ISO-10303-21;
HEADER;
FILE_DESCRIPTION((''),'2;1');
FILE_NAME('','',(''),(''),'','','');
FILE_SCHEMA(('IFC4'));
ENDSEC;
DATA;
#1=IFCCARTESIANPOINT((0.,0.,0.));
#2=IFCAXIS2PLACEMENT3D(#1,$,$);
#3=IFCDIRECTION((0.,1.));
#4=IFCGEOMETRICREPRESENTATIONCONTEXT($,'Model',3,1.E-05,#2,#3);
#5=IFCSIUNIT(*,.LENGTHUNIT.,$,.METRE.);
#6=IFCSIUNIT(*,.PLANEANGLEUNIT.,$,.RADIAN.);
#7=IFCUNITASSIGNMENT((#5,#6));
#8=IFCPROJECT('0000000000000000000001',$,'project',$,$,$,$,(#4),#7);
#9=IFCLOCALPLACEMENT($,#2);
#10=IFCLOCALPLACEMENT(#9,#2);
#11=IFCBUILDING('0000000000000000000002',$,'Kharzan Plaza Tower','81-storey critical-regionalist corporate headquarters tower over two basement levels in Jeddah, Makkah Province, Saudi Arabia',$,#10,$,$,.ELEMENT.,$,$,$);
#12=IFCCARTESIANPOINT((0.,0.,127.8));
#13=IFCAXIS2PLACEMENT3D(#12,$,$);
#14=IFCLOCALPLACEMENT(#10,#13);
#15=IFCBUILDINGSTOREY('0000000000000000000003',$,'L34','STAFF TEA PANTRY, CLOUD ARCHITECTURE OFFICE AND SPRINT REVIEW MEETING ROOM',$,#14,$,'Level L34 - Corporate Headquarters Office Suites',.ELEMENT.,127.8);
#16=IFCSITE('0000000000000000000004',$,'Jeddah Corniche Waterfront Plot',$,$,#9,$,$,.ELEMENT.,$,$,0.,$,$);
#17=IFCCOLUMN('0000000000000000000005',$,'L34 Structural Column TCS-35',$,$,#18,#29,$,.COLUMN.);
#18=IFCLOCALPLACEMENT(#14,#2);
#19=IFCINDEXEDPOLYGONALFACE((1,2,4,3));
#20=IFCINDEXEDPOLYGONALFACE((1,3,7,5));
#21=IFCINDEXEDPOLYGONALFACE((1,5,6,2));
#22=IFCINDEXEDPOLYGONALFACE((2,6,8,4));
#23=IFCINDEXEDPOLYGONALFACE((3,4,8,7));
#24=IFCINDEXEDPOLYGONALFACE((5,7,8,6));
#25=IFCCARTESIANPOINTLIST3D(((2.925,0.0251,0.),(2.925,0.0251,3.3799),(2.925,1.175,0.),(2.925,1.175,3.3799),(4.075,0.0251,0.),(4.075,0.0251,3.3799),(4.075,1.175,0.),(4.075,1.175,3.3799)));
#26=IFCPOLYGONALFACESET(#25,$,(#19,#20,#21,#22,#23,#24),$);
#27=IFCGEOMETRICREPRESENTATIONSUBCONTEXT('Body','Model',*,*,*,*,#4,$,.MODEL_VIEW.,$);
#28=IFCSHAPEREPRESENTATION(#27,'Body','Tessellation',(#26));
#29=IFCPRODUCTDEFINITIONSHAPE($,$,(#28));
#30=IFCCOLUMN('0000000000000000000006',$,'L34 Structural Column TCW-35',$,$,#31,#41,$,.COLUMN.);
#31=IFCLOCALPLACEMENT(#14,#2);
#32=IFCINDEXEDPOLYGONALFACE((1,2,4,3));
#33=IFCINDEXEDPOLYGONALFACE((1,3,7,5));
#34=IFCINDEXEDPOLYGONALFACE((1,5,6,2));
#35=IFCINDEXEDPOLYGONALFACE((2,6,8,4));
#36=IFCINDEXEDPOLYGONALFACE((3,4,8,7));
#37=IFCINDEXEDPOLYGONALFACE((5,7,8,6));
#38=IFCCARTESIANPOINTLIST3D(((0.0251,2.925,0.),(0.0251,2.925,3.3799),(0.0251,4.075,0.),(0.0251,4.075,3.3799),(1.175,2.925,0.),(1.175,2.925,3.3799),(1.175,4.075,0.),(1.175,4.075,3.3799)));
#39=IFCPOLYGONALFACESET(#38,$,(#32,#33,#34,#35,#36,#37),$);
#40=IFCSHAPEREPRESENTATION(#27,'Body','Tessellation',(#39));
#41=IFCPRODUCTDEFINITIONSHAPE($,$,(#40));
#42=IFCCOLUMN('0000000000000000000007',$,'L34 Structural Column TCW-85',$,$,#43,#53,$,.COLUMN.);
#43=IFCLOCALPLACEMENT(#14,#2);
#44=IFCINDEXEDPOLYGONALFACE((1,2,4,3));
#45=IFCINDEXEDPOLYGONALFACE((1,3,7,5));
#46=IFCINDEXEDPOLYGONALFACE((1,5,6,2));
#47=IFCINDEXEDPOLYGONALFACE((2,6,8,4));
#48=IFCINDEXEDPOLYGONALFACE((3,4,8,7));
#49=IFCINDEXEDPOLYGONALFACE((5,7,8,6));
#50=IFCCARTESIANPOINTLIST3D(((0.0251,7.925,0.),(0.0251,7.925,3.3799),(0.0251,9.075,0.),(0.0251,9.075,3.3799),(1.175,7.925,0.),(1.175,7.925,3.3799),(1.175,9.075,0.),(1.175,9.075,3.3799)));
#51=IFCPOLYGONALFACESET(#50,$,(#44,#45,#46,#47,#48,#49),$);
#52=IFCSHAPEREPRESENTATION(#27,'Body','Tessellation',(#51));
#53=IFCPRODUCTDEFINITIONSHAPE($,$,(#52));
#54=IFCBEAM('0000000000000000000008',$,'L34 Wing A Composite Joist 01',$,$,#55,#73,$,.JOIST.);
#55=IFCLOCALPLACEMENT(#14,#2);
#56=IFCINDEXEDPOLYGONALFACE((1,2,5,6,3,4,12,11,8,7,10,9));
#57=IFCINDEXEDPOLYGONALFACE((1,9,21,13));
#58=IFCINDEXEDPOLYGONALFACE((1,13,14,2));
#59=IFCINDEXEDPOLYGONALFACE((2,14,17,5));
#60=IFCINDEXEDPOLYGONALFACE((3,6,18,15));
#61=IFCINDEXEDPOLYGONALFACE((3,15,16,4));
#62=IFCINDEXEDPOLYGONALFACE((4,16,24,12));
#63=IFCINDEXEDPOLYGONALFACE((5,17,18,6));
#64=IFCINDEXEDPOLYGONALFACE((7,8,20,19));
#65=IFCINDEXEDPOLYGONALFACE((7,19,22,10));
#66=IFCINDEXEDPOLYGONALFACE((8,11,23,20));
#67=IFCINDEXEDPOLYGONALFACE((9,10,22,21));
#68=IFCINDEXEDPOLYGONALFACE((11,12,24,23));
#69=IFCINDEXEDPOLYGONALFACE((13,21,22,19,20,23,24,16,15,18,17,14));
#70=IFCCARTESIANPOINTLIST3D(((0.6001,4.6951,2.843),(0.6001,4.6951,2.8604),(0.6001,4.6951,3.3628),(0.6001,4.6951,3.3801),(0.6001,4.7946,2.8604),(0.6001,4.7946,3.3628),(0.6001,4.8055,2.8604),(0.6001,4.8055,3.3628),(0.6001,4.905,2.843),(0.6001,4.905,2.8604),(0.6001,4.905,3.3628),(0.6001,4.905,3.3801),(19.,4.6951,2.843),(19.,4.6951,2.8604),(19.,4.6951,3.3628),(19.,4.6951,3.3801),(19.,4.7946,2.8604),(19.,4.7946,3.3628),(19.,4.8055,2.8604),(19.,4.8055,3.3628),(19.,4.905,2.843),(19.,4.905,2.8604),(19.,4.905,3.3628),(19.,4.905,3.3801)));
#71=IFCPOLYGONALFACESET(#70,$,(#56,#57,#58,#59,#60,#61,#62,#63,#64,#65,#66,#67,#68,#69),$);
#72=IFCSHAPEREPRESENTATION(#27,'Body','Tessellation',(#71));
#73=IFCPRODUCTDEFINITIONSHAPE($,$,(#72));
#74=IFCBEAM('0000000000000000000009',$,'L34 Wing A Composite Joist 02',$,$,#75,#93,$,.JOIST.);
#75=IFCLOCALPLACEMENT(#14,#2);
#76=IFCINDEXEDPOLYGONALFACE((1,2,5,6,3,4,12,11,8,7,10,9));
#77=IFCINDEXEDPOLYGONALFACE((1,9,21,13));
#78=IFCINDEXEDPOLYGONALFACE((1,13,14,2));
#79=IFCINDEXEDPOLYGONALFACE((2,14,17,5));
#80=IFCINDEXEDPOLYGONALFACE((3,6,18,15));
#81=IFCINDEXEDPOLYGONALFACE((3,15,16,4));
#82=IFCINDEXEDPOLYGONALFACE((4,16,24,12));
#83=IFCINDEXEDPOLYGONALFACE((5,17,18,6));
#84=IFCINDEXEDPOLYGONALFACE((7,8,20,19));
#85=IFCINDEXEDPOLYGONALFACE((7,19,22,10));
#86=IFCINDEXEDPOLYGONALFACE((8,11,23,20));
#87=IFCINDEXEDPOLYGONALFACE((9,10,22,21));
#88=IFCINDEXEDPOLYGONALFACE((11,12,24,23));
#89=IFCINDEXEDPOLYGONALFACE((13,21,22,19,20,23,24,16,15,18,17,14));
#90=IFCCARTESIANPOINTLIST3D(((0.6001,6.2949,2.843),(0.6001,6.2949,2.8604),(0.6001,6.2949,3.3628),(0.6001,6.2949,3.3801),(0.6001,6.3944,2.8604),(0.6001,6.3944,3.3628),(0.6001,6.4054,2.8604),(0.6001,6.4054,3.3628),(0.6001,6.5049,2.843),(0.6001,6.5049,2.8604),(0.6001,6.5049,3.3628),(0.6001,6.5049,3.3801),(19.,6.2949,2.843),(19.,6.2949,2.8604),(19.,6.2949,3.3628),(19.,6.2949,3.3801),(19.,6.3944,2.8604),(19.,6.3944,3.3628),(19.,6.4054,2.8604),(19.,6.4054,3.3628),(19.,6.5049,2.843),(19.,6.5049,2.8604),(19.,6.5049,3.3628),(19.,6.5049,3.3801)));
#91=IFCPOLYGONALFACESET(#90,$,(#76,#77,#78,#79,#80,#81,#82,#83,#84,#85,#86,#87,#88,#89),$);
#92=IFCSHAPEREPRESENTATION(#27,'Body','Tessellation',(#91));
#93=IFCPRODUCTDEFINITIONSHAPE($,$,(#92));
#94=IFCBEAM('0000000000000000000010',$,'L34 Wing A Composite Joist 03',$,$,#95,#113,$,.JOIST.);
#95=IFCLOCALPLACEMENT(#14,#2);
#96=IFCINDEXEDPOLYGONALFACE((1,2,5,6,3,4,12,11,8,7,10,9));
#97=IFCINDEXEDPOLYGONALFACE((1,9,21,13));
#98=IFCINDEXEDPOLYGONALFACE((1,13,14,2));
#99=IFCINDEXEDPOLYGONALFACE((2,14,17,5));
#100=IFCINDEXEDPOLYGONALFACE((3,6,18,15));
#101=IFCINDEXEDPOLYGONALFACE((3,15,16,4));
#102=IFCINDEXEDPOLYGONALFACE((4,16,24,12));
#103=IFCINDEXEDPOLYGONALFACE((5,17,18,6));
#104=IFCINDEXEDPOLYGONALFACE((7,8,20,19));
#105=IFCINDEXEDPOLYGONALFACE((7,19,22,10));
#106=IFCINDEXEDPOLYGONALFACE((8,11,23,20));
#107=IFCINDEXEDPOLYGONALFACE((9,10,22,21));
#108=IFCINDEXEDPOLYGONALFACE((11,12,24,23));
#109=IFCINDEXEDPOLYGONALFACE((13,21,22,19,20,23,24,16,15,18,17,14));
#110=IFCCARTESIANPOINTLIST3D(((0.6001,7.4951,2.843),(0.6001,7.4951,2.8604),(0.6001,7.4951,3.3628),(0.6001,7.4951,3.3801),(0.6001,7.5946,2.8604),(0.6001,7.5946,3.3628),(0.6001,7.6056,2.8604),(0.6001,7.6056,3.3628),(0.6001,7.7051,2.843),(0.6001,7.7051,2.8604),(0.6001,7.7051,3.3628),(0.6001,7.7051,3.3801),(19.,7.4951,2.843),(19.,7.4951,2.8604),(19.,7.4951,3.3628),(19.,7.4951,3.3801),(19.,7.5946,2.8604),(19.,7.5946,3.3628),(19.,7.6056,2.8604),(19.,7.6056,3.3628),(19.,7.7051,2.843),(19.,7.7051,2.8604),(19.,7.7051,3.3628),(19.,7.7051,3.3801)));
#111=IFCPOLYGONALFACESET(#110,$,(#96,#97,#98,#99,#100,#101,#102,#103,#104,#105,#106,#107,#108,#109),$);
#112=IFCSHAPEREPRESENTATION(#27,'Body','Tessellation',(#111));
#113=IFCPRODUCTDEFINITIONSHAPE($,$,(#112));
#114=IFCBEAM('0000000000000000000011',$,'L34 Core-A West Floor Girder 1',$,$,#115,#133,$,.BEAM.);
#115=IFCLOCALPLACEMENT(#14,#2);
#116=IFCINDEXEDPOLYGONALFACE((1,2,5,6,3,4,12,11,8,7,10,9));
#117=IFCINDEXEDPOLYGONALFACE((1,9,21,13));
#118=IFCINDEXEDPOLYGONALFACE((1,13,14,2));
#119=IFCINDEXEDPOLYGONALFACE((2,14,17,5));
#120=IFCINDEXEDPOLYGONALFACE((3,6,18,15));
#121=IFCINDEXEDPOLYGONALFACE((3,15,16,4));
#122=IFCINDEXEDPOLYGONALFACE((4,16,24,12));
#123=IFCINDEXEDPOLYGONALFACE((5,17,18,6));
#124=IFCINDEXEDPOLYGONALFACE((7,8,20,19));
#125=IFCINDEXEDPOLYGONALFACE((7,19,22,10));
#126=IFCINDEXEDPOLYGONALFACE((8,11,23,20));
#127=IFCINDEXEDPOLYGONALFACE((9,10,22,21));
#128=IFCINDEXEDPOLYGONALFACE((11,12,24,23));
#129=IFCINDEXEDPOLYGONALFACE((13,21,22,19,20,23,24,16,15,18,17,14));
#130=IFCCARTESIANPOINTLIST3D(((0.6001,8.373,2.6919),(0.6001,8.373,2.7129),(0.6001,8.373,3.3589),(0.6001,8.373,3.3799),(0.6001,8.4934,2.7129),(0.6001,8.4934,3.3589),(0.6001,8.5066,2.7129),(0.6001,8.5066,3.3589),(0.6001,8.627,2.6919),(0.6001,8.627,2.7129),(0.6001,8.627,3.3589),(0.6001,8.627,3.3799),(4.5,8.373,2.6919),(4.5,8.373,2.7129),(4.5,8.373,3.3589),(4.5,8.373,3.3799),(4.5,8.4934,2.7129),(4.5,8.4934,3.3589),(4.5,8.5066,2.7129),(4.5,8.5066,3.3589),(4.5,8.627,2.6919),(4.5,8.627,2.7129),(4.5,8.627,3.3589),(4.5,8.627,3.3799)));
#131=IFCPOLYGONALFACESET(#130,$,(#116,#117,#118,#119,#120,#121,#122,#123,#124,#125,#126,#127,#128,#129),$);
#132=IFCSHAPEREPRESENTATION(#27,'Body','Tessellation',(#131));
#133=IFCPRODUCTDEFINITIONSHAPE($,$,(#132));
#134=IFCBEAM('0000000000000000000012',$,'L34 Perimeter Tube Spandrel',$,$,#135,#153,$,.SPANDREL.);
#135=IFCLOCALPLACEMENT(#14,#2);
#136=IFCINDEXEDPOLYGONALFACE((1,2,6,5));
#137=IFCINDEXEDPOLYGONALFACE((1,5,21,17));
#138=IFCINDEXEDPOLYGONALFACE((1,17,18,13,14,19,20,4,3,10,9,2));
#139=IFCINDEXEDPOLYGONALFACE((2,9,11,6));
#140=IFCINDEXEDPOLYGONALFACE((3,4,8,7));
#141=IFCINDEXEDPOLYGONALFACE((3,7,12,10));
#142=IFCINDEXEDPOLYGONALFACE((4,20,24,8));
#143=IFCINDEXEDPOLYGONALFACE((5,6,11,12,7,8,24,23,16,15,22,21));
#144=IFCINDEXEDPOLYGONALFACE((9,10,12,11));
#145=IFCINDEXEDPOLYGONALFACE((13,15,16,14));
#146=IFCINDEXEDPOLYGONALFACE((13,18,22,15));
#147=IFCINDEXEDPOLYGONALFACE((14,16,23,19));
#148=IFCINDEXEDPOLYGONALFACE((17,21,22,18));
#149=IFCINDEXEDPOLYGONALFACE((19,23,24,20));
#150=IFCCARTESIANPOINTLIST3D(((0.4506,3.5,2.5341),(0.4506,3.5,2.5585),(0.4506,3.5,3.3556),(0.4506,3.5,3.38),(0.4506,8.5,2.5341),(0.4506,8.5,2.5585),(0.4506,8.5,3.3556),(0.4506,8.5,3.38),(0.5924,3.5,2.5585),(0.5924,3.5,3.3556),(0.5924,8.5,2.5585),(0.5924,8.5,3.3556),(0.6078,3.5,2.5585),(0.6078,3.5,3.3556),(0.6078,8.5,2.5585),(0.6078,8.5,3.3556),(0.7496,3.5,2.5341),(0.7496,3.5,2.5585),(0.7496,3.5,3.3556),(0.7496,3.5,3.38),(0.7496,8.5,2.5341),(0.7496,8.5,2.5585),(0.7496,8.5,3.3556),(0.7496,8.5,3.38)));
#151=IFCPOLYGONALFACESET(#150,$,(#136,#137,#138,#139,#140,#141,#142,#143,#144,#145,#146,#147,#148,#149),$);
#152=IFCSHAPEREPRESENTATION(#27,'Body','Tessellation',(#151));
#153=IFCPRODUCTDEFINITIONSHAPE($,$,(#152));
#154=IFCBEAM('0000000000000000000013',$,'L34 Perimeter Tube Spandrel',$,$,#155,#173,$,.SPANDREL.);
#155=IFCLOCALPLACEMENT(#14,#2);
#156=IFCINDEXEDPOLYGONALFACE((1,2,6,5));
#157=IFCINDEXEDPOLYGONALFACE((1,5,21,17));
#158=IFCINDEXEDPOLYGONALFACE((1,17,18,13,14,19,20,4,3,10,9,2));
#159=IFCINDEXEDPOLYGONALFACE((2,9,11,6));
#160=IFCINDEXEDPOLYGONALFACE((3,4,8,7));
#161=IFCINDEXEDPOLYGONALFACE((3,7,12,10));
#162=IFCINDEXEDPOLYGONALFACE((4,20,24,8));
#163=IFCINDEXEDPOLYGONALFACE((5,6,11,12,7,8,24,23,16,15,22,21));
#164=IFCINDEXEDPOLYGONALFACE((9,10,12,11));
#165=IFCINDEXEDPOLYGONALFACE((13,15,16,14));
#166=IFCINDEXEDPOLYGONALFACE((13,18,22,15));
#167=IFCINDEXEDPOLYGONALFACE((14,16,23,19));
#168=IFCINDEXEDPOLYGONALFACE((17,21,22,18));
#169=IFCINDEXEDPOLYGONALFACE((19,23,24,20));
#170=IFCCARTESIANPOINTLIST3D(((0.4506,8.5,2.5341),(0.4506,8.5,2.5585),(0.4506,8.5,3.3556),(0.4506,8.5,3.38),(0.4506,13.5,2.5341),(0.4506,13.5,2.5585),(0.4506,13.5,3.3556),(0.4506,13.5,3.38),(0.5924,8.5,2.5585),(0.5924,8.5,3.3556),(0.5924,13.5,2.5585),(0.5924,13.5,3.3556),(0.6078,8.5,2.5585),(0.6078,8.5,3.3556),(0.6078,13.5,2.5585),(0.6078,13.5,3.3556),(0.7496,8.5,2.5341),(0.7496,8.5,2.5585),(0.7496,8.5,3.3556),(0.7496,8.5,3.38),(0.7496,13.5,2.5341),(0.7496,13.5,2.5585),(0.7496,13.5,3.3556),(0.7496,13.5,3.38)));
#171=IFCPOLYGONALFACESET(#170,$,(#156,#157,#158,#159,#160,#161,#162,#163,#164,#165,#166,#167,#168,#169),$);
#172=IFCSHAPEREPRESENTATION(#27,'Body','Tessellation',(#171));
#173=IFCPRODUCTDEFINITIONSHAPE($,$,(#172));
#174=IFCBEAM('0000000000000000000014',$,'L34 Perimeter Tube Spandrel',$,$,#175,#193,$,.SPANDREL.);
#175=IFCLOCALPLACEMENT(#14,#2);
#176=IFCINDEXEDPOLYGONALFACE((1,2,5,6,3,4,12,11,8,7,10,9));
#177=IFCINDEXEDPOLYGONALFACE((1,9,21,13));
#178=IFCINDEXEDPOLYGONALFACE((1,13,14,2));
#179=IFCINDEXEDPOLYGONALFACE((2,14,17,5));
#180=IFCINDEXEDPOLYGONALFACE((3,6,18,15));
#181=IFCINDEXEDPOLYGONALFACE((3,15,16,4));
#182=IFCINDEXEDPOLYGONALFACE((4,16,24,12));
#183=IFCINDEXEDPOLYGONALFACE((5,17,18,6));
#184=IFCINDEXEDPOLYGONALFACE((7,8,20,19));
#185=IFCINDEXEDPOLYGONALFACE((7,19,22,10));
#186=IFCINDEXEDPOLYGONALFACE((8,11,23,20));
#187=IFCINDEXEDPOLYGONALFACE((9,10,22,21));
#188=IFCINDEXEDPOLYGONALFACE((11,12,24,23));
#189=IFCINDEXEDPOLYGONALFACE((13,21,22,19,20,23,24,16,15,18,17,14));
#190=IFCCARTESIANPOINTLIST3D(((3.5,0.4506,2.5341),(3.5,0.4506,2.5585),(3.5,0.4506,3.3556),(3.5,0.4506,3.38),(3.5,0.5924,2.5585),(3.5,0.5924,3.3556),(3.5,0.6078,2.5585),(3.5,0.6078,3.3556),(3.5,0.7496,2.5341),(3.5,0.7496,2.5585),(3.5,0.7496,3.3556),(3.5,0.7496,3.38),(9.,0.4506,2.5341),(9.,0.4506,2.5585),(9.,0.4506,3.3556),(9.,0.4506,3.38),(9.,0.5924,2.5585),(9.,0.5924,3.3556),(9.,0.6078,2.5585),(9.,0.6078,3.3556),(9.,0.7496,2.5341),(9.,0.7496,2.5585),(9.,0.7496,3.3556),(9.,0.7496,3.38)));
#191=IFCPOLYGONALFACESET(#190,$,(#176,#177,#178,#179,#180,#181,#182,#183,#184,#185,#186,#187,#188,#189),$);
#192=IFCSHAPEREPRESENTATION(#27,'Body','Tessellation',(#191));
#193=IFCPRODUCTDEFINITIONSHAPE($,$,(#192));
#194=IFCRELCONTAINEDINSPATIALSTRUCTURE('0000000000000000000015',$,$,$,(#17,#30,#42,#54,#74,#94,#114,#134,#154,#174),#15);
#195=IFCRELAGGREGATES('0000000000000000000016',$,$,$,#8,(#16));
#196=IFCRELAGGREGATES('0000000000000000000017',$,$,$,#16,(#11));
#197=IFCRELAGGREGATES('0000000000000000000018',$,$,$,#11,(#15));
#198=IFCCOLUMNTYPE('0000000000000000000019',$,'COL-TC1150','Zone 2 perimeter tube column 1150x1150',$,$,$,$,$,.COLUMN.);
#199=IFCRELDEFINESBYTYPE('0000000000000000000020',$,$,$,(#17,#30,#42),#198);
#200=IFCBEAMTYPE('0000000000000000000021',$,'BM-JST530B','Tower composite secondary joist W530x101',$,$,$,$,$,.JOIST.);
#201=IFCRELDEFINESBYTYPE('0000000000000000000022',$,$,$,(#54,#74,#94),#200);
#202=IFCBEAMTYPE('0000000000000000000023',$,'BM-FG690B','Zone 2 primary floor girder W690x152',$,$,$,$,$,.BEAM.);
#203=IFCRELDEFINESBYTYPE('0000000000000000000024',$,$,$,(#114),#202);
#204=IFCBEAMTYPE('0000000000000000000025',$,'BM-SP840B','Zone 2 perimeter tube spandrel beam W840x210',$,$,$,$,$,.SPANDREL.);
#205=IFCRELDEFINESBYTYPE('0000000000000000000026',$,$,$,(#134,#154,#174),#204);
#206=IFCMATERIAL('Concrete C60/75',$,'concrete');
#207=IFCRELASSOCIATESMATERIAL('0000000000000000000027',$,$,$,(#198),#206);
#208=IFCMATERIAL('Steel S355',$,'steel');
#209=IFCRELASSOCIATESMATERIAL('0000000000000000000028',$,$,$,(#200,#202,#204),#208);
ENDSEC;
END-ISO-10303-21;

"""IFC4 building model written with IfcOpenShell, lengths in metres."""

from ifc_helpers import new_model, si_unit, direction, frame, origin, origin_2d, place, context, subcontext, project, spatial, rectangle, i_section, extrude, source, transform, mapped, material, material_profile, profile_set, type_object, element, save


model = new_model("IFC4")

# Units and contexts
model_context = context("Model", 3, precision=1e-05, world=origin(), true_north=direction((0.0, 1.0)))
body_context = subcontext(model_context, "Body", "Model", "MODEL_VIEW")
ifc_project = project(units=[si_unit("LENGTHUNIT", "METRE"), si_unit("PLANEANGLEUNIT", "RADIAN")], contexts=[model_context])

# Site, building, storey
site_placement = place(None, origin())
site = spatial("IfcSite", under=ifc_project, at=site_placement, Name="Jeddah Corniche Waterfront Plot", CompositionType="ELEMENT", RefElevation=0.0)
building_placement = place(site_placement, origin())
building = spatial("IfcBuilding", under=site, at=building_placement, Name="Kharzan Plaza Tower", Description="81-storey critical-regionalist corporate headquarters tower over two basement levels in Jeddah, Makkah Province, Saudi Arabia", CompositionType="ELEMENT")
storey_placement = place(building_placement, frame((0.0, 0.0, 127.8)))
storey = spatial("IfcBuildingStorey", under=building, at=storey_placement, Name="L34", Description="STAFF TEA PANTRY, CLOUD ARCHITECTURE OFFICE AND SPRINT REVIEW MEETING ROOM", LongName="Level L34 - Corporate Headquarters Office Suites", CompositionType="ELEMENT", Elevation=127.8)

# Columns
ifc_material_1 = material(Name="Concrete C60/75", Category="concrete")
ifc_material_profile_1 = material_profile(ifc_material_1, rectangle(XDim=1.1499, YDim=1.1499, at=origin_2d()), Name="RC-TC1150x1150")
ifc_profile_set_1 = profile_set([ifc_material_profile_1], Name="Concrete C60/75")
column_type = type_object("IfcColumnType", Name="COL-TC1150", Description="Zone 2 perimeter tube column 1150x1150", PredefinedType="COLUMN", material=ifc_profile_set_1)
shared_shape_1 = source(origin(), body_context, "Body", "SweptSolid", [
    extrude(rectangle(XDim=1.1499, YDim=1.1499, at=origin_2d()), origin(), (0.0, 0.0, 1.0), 3.3799),
])
for number, where, z_axis, x_axis, name in (
    (1, (3.5, 0.6001, 0.0), (0.0, 0.0, 1.0), (1.0, 0.0, 0.0), "L34 Structural Column TCS-35"),
    (2, (0.6001, 3.5, 0.0), (0.0, 0.0, 1.0), (1.0, 0.0, 0.0), "L34 Structural Column TCW-35"),
    (3, (0.6001, 8.5, 0.0), (0.0, 0.0, 1.0), (1.0, 0.0, 0.0), "L34 Structural Column TCW-85"),
):
    element("IfcColumn", number, at=place(storey_placement, frame(where, z_axis=z_axis, x_axis=x_axis)), inside=storey, type_object=column_type, Name=name, PredefinedType="COLUMN", context=body_context, shape_type="MappedRepresentation", body=[
        mapped(shared_shape_1, transform((0.0, 0.0, 0.0), x_axis=(1.0, 0.0, 0.0), y_axis=(0.0, 1.0, 0.0), z_axis=(0.0, 0.0, 1.0))),
    ])

# Beams
ifc_material_2 = material(Name="Steel S355", Category="steel")
ifc_material_profile_2 = material_profile(ifc_material_2, i_section(OverallWidth=0.21, OverallDepth=0.5371, WebThickness=0.011, FlangeThickness=0.0173, at=origin_2d()), Name="W530x101")
ifc_profile_set_2 = profile_set([ifc_material_profile_2], Name="Steel S355")
beam_type_1 = type_object("IfcBeamType", Name="BM-JST530B", Description="Tower composite secondary joist W530x101", PredefinedType="JOIST", material=ifc_profile_set_2)
shared_shape_2 = source(origin(), body_context, "Body", "SweptSolid", [
    extrude(i_section(OverallWidth=0.21, OverallDepth=0.5371, WebThickness=0.011, FlangeThickness=0.0173, at=origin_2d()), origin(), (0.0, 0.0, 1.0), 18.3999),
])
for number, where, z_axis, x_axis, name in (
    (4, (0.6001, 4.8, 3.1116), (1.0, 0.0, 0.0), (0.0, 1.0, 0.0), "L34 Wing A Composite Joist 01"),
    (5, (0.6001, 6.3999, 3.1116), (1.0, 0.0, 0.0), (0.0, 1.0, 0.0), "L34 Wing A Composite Joist 02"),
    (6, (0.6001, 7.6001, 3.1116), (1.0, 0.0, 0.0), (0.0, 1.0, 0.0), "L34 Wing A Composite Joist 03"),
):
    element("IfcBeam", number, at=place(storey_placement, frame(where, z_axis=z_axis, x_axis=x_axis)), inside=storey, type_object=beam_type_1, Name=name, PredefinedType="JOIST", context=body_context, shape_type="MappedRepresentation", body=[
        mapped(shared_shape_2, transform((0.0, 0.0, 0.0), x_axis=(1.0, 0.0, 0.0), y_axis=(0.0, 1.0, 0.0), z_axis=(0.0, 0.0, 1.0))),
    ])
ifc_material_profile_3 = material_profile(ifc_material_2, i_section(OverallWidth=0.2539, OverallDepth=0.688, WebThickness=0.0132, FlangeThickness=0.021, at=origin_2d()), Name="W690x152")
ifc_profile_set_3 = profile_set([ifc_material_profile_3], Name="Steel S355")
beam_type_2 = type_object("IfcBeamType", Name="BM-FG690B", Description="Zone 2 primary floor girder W690x152", PredefinedType="BEAM", material=ifc_profile_set_3)
shared_shape_3 = source(origin(), body_context, "Body", "SweptSolid", [
    extrude(i_section(OverallWidth=0.2539, OverallDepth=0.688, WebThickness=0.0132, FlangeThickness=0.021, at=origin_2d()), origin(), (0.0, 0.0, 1.0), 3.8999),
])
beam_1_placement = place(storey_placement, frame((0.6001, 8.5, 3.0359), z_axis=(1.0, 0.0, 0.0), x_axis=(0.0, 1.0, 0.0)))
element("IfcBeam", 7, at=beam_1_placement, inside=storey, type_object=beam_type_2, Name="L34 Core-A West Floor Girder 1", PredefinedType="BEAM", context=body_context, shape_type="MappedRepresentation", body=[
    mapped(shared_shape_3, transform((0.0, 0.0, 0.0), x_axis=(1.0, 0.0, 0.0), y_axis=(0.0, 1.0, 0.0), z_axis=(0.0, 0.0, 1.0))),
])
ifc_material_profile_4 = material_profile(ifc_material_2, i_section(OverallWidth=0.2991, OverallDepth=0.8459, WebThickness=0.0154, FlangeThickness=0.0244, at=origin_2d()), Name="W840x210")
ifc_profile_set_4 = profile_set([ifc_material_profile_4], Name="Steel S355")
beam_type_3 = type_object("IfcBeamType", Name="BM-SP840B", Description="Zone 2 perimeter tube spandrel beam W840x210", PredefinedType="SPANDREL", material=ifc_profile_set_4)
shared_shape_4 = source(origin(), body_context, "Body", "SweptSolid", [
    extrude(i_section(OverallWidth=0.2991, OverallDepth=0.8459, WebThickness=0.0154, FlangeThickness=0.0244, at=origin_2d()), origin(), (0.0, 0.0, 1.0), 5.0),
])
for number, where, z_axis, x_axis, name in (
    (8, (0.6001, 3.5, 2.957), (0.0, 1.0, 0.0), (-1.0, 0.0, 0.0), "L34 Perimeter Tube Spandrel"),
    (9, (0.6001, 8.5, 2.957), (0.0, 1.0, 0.0), (-1.0, 0.0, 0.0), "L34 Perimeter Tube Spandrel"),
):
    element("IfcBeam", number, at=place(storey_placement, frame(where, z_axis=z_axis, x_axis=x_axis)), inside=storey, type_object=beam_type_3, Name=name, PredefinedType="SPANDREL", context=body_context, shape_type="MappedRepresentation", body=[
        mapped(shared_shape_4, transform((0.0, 0.0, 0.0), x_axis=(1.0, 0.0, 0.0), y_axis=(0.0, 1.0, 0.0), z_axis=(0.0, 0.0, 1.0))),
    ])
shared_shape_5 = source(origin(), body_context, "Body", "SweptSolid", [
    extrude(i_section(OverallWidth=0.2991, OverallDepth=0.8459, WebThickness=0.0154, FlangeThickness=0.0244, at=origin_2d()), origin(), (0.0, 0.0, 1.0), 5.5),
])
beam_2_placement = place(storey_placement, frame((3.5, 0.6001, 2.957), z_axis=(1.0, 0.0, 0.0), x_axis=(0.0, 1.0, 0.0)))
element("IfcBeam", 10, at=beam_2_placement, inside=storey, type_object=beam_type_3, Name="L34 Perimeter Tube Spandrel", PredefinedType="SPANDREL", context=body_context, shape_type="MappedRepresentation", body=[
    mapped(shared_shape_5, transform((0.0, 0.0, 0.0), x_axis=(1.0, 0.0, 0.0), y_axis=(0.0, 1.0, 0.0), z_axis=(0.0, 0.0, 1.0))),
])

save(model, "model.ifc")
